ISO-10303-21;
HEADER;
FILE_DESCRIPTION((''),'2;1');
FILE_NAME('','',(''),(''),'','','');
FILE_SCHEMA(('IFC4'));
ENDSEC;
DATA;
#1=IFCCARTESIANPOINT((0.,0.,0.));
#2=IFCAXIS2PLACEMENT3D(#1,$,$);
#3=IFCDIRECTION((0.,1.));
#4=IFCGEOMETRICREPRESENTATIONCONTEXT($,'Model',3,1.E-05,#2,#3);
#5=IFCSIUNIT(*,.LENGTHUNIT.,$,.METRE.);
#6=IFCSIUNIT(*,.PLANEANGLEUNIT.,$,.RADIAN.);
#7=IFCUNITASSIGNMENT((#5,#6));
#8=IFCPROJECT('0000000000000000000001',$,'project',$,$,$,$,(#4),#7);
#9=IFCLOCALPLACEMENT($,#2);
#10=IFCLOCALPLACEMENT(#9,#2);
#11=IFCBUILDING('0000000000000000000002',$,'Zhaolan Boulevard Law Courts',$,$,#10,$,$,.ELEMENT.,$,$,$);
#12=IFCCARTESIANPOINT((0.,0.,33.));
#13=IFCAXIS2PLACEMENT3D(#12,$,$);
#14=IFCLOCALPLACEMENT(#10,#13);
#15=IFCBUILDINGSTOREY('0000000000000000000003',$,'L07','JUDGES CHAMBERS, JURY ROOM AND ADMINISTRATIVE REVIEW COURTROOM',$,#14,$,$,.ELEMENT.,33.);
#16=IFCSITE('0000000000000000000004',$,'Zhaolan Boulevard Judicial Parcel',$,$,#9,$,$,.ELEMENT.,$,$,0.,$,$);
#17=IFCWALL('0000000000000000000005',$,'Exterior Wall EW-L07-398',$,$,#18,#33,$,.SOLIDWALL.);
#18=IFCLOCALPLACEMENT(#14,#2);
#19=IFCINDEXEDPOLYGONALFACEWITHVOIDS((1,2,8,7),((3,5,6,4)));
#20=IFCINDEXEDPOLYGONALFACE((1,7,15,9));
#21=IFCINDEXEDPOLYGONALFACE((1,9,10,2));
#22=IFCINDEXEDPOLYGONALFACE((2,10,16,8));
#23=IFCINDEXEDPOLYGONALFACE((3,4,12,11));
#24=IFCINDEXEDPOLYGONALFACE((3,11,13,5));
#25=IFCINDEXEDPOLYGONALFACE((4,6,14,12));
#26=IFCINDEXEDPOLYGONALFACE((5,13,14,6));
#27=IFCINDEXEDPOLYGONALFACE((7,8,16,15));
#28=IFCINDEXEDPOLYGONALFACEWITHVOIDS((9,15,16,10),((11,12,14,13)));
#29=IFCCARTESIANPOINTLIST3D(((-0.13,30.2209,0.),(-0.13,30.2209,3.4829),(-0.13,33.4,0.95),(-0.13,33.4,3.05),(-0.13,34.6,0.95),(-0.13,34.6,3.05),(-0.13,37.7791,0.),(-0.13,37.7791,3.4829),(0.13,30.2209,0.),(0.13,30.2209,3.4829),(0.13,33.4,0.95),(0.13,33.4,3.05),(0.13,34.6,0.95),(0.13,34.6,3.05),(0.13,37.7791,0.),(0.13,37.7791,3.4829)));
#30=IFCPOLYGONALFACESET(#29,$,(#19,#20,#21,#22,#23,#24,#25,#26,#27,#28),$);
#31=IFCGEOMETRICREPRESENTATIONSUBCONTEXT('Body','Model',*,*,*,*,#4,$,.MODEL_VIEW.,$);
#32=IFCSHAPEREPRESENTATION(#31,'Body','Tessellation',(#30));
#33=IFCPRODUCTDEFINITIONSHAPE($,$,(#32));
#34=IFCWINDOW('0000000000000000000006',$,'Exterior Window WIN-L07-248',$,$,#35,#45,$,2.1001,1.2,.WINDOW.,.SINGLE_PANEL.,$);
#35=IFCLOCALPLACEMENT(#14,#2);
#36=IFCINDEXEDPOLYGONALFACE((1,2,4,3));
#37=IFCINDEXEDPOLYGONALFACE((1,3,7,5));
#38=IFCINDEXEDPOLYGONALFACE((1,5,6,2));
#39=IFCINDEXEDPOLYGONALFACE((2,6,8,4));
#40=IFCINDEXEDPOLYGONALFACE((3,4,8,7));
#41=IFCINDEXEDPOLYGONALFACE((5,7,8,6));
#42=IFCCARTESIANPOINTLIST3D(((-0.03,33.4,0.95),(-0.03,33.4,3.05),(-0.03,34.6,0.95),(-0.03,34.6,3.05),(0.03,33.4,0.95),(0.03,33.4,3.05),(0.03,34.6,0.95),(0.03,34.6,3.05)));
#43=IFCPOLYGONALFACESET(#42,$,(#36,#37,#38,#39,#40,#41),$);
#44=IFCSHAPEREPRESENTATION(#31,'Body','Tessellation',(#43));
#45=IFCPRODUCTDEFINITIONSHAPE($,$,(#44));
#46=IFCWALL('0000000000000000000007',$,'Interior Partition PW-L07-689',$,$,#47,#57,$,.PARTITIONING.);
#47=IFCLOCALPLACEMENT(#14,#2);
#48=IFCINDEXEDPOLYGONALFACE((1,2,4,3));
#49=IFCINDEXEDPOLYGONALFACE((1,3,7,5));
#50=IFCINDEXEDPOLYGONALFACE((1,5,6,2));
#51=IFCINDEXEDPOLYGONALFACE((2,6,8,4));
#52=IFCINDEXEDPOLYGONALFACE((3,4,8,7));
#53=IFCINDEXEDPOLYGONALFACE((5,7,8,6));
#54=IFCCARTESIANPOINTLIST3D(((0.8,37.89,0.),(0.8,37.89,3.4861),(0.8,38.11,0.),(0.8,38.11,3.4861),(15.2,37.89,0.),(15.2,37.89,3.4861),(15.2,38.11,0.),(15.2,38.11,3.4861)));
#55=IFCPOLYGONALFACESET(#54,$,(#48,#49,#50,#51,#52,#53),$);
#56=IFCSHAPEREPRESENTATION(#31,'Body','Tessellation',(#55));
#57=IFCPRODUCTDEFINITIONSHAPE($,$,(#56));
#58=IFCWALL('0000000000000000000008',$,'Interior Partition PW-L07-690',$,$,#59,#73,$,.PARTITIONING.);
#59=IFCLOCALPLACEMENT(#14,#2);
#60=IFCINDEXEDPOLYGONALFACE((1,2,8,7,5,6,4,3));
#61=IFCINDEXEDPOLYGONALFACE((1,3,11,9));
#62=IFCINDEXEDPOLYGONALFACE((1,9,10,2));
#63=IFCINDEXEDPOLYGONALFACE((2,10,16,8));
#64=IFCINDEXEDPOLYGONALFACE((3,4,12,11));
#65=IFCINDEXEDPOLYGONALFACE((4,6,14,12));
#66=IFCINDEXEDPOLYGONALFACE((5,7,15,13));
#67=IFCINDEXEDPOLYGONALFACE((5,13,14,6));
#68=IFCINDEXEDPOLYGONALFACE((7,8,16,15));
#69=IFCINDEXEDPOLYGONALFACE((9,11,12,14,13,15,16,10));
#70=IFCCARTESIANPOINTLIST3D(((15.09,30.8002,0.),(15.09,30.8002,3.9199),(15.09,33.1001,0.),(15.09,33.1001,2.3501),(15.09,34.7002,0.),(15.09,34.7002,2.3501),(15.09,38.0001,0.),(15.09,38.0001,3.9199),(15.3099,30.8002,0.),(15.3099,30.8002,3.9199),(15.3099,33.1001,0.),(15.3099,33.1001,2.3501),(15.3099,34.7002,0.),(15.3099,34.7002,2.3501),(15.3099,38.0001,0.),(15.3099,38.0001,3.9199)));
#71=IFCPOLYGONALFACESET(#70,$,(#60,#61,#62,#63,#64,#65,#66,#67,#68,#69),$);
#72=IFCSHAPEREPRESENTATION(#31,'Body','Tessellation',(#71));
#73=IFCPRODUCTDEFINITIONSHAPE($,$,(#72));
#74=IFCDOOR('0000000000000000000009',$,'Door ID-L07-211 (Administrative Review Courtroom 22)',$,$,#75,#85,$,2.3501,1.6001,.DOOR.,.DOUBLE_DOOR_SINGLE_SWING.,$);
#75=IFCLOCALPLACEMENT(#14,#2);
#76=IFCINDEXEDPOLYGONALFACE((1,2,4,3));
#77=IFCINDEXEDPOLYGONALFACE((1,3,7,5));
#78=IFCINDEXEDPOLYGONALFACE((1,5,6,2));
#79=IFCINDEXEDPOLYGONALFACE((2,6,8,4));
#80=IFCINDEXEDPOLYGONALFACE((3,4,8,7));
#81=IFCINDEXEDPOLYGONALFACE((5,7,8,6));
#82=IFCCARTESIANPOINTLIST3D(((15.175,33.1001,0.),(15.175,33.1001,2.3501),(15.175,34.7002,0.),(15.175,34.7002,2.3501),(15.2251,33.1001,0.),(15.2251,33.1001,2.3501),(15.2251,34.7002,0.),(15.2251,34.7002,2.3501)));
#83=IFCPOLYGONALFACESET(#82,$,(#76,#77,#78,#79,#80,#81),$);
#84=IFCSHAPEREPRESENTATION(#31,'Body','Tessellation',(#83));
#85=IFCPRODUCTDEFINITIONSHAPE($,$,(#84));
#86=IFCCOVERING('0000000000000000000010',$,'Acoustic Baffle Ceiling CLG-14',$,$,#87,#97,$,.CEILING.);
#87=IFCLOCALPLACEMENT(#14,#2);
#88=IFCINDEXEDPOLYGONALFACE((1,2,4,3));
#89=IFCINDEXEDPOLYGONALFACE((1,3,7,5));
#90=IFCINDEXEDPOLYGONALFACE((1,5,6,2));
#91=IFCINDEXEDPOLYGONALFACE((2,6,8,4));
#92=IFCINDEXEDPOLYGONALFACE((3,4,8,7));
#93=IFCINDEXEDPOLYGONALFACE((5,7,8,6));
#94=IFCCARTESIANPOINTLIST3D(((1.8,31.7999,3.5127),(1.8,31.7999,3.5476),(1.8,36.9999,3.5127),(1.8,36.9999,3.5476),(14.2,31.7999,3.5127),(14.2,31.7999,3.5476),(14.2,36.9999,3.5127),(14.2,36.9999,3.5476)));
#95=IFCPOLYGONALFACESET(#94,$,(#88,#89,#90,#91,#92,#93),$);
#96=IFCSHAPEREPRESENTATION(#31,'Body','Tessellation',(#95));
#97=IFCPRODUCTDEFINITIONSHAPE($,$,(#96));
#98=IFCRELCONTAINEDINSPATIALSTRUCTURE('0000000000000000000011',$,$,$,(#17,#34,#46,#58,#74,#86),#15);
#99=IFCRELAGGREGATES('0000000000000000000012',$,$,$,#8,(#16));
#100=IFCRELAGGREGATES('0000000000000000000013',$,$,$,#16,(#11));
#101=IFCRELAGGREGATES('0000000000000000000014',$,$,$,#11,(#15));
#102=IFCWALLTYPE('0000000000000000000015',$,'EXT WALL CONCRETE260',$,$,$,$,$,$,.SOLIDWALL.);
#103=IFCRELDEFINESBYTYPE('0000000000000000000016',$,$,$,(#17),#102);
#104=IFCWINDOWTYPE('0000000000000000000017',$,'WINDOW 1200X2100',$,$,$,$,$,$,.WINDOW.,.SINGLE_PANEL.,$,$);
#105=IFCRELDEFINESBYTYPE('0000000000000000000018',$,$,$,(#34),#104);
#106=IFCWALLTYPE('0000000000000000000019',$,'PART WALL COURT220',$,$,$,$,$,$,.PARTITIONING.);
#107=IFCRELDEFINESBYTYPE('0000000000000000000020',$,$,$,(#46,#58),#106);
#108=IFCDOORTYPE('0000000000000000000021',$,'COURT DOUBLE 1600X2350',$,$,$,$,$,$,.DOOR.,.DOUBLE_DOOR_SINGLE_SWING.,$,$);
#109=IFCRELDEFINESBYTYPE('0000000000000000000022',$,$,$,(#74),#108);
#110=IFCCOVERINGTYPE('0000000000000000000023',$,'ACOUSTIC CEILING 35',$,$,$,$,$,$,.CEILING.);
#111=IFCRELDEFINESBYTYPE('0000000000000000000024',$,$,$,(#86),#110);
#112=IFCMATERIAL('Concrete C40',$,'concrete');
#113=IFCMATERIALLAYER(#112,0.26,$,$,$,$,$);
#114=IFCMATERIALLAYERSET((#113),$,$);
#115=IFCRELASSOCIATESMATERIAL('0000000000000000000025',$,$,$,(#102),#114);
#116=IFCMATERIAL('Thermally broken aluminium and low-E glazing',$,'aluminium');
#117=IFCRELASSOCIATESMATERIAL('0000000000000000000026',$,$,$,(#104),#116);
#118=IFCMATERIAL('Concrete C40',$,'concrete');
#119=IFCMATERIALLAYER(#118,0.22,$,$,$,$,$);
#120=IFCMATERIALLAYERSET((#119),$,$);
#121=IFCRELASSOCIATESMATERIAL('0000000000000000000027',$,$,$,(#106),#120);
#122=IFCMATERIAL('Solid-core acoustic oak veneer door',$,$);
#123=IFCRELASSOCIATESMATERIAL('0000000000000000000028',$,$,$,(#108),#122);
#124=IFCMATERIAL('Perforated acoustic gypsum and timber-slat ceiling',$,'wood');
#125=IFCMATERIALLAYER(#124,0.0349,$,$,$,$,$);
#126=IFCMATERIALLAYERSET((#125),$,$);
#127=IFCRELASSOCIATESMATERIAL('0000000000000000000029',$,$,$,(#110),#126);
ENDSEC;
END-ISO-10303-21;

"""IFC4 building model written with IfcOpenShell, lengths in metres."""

from ifc_helpers import new_model, si_unit, direction, frame, frame_2d, origin, origin_2d, place, context, subcontext, project, spatial, rectangle, extrude, material, layer, layer_set, type_object, element, fill, save


model = new_model("IFC4")

# Units and contexts
model_context = context("Model", 3, precision=1e-05, world=origin(), true_north=direction((0.0, 1.0)))
body_context = subcontext(model_context, "Body", "Model", "MODEL_VIEW")
ifc_project = project(units=[si_unit("LENGTHUNIT", "METRE"), si_unit("PLANEANGLEUNIT", "RADIAN")], contexts=[model_context])

# Site, building, storey
site_placement = place(None, origin())
site = spatial("IfcSite", under=ifc_project, at=site_placement, Name="Zhaolan Boulevard Judicial Parcel", CompositionType="ELEMENT", RefElevation=0.0)
building_placement = place(site_placement, origin())
building = spatial("IfcBuilding", under=site, at=building_placement, Name="Zhaolan Boulevard Law Courts", CompositionType="ELEMENT")
storey_placement = place(building_placement, frame((0.0, 0.0, 33.0)))
storey = spatial("IfcBuildingStorey", under=building, at=storey_placement, Name="L07", Description="JUDGES CHAMBERS, JURY ROOM AND ADMINISTRATIVE REVIEW COURTROOM", CompositionType="ELEMENT", Elevation=33.0)

# Wall, opening, window
ifc_material_1 = material(Name="Concrete C40", Category="concrete")
ifc_layer_1 = layer(ifc_material_1, 0.26)
ifc_layer_set_1 = layer_set([ifc_layer_1])
wall_type_1 = type_object("IfcWallType", Name="EXT WALL CONCRETE260", PredefinedType="SOLIDWALL", material=ifc_layer_set_1)
wall_1_placement = place(storey_placement, frame((0.0, 37.7791, 0.0), z_axis=(0.0, 0.0, 1.0), x_axis=(0.0, -1.0, 0.0)))
wall_1 = element("IfcWall", 1, at=wall_1_placement, inside=storey, type_object=wall_type_1, Name="Exterior Wall EW-L07-398", PredefinedType="SOLIDWALL", context=body_context, shape_type="SweptSolid", body=[
    extrude(rectangle(XDim=7.5581, YDim=0.26, at=frame_2d((3.7791, 0.0))), origin(), (0.0, 0.0, 1.0), 3.4829),
])
opening_1_placement = place(wall_1_placement, frame((3.179, 0.0, 0.95)))
opening_1 = element("IfcOpeningElement", 2, at=opening_1_placement, cuts=wall_1, PredefinedType="OPENING", context=body_context, shape_type="SweptSolid", body=[
    extrude(rectangle(XDim=1.2, YDim=2.1001, at=frame_2d((0.6001, 1.05))), frame((0.0, 0.1399, 0.0), z_axis=(0.0, -1.0, 0.0), x_axis=(1.0, 0.0, 0.0)), (0.0, 0.0, 1.0), 0.28),
])
ifc_material_2 = material(Name="Thermally broken aluminium and low-E glazing", Category="aluminium")
window_type = type_object("IfcWindowType", Name="WINDOW 1200X2100", PartitioningType="SINGLE_PANEL", PredefinedType="WINDOW", material=ifc_material_2)
window_placement = place(opening_1_placement, origin())
window = element("IfcWindow", 3, at=window_placement, inside=storey, type_object=window_type, Name="Exterior Window WIN-L07-248", OverallHeight=2.1001, OverallWidth=1.2, PartitioningType="SINGLE_PANEL", PredefinedType="WINDOW", context=body_context, shape_type="SweptSolid", body=[
    extrude(rectangle(XDim=1.2, YDim=2.1001, at=frame_2d((0.6001, 1.05))), frame((0.0, 0.03, 0.0), z_axis=(0.0, -1.0, 0.0), x_axis=(1.0, 0.0, 0.0)), (0.0, 0.0, 1.0), 0.0601),
])
fill(opening_1, window)

# Wall
ifc_material_3 = material(Name="Concrete C40", Category="concrete")
ifc_layer_2 = layer(ifc_material_3, 0.22)
ifc_layer_set_2 = layer_set([ifc_layer_2])
wall_type_2 = type_object("IfcWallType", Name="PART WALL COURT220", PredefinedType="PARTITIONING", material=ifc_layer_set_2)
wall_2_placement = place(storey_placement, frame((15.2, 38.0, 0.0), z_axis=(0.0, 0.0, 1.0), x_axis=(-1.0, 0.0, 0.0)))
element("IfcWall", 4, at=wall_2_placement, inside=storey, type_object=wall_type_2, Name="Interior Partition PW-L07-689", PredefinedType="PARTITIONING", context=body_context, shape_type="SweptSolid", body=[
    extrude(rectangle(XDim=14.3999, YDim=0.22, at=frame_2d((7.2, 0.0))), origin(), (0.0, 0.0, 1.0), 3.4861),
])

# Wall, opening, door
wall_3_placement = place(storey_placement, frame((15.2, 30.8, 0.0), z_axis=(0.0, 0.0, 1.0), x_axis=(0.0, 1.0, 0.0)))
wall_3 = element("IfcWall", 5, at=wall_3_placement, inside=storey, type_object=wall_type_2, Name="Interior Partition PW-L07-690", PredefinedType="PARTITIONING", context=body_context, shape_type="SweptSolid", body=[
    extrude(rectangle(XDim=7.2, YDim=0.22, at=frame_2d((3.6001, 0.0))), origin(), (0.0, 0.0, 1.0), 3.9199),
])
opening_2_placement = place(wall_3_placement, frame((2.3, 0.0, 0.0)))
opening_2 = element("IfcOpeningElement", 6, at=opening_2_placement, cuts=wall_3, PredefinedType="OPENING", context=body_context, shape_type="SweptSolid", body=[
    extrude(rectangle(XDim=1.6001, YDim=2.3501, at=frame_2d((0.8, 1.175))), frame((0.0, 0.1199, 0.0), z_axis=(0.0, -1.0, 0.0), x_axis=(1.0, 0.0, 0.0)), (0.0, 0.0, 1.0), 0.24),
])
ifc_material_4 = material(Name="Solid-core acoustic oak veneer door")
door_type = type_object("IfcDoorType", Name="COURT DOUBLE 1600X2350", OperationType="DOUBLE_DOOR_SINGLE_SWING", PredefinedType="DOOR", material=ifc_material_4)
door_placement = place(opening_2_placement, origin())
door = element("IfcDoor", 7, at=door_placement, inside=storey, type_object=door_type, Name="Door ID-L07-211 (Administrative Review Courtroom 22)", OperationType="DOUBLE_DOOR_SINGLE_SWING", OverallHeight=2.3501, OverallWidth=1.6001, PredefinedType="DOOR", context=body_context, shape_type="SweptSolid", body=[
    extrude(rectangle(XDim=1.6001, YDim=2.3501, at=frame_2d((0.8, 1.175))), frame((0.0, 0.0249, 0.0), z_axis=(0.0, -1.0, 0.0), x_axis=(1.0, 0.0, 0.0)), (0.0, 0.0, 1.0), 0.05),
])
fill(opening_2, door)

# Covering
ifc_material_5 = material(Name="Perforated acoustic gypsum and timber-slat ceiling", Category="wood")
ifc_layer_3 = layer(ifc_material_5, 0.0349)
ifc_layer_set_3 = layer_set([ifc_layer_3])
covering_type = type_object("IfcCoveringType", Name="ACOUSTIC CEILING 35", PredefinedType="CEILING", material=ifc_layer_set_3)
covering_placement = place(storey_placement, frame((8.0, 34.3999, 3.5127), z_axis=(0.0, 0.0, 1.0), x_axis=(1.0, 0.0, 0.0)))
element("IfcCovering", 8, at=covering_placement, inside=storey, type_object=covering_type, Name="Acoustic Baffle Ceiling CLG-14", PredefinedType="CEILING", context=body_context, shape_type="SweptSolid", body=[
    extrude(rectangle(XDim=12.3999, YDim=5.2, at=origin_2d()), origin(), (0.0, 0.0, 1.0), 0.0349),
])

save(model, "model.ifc")
